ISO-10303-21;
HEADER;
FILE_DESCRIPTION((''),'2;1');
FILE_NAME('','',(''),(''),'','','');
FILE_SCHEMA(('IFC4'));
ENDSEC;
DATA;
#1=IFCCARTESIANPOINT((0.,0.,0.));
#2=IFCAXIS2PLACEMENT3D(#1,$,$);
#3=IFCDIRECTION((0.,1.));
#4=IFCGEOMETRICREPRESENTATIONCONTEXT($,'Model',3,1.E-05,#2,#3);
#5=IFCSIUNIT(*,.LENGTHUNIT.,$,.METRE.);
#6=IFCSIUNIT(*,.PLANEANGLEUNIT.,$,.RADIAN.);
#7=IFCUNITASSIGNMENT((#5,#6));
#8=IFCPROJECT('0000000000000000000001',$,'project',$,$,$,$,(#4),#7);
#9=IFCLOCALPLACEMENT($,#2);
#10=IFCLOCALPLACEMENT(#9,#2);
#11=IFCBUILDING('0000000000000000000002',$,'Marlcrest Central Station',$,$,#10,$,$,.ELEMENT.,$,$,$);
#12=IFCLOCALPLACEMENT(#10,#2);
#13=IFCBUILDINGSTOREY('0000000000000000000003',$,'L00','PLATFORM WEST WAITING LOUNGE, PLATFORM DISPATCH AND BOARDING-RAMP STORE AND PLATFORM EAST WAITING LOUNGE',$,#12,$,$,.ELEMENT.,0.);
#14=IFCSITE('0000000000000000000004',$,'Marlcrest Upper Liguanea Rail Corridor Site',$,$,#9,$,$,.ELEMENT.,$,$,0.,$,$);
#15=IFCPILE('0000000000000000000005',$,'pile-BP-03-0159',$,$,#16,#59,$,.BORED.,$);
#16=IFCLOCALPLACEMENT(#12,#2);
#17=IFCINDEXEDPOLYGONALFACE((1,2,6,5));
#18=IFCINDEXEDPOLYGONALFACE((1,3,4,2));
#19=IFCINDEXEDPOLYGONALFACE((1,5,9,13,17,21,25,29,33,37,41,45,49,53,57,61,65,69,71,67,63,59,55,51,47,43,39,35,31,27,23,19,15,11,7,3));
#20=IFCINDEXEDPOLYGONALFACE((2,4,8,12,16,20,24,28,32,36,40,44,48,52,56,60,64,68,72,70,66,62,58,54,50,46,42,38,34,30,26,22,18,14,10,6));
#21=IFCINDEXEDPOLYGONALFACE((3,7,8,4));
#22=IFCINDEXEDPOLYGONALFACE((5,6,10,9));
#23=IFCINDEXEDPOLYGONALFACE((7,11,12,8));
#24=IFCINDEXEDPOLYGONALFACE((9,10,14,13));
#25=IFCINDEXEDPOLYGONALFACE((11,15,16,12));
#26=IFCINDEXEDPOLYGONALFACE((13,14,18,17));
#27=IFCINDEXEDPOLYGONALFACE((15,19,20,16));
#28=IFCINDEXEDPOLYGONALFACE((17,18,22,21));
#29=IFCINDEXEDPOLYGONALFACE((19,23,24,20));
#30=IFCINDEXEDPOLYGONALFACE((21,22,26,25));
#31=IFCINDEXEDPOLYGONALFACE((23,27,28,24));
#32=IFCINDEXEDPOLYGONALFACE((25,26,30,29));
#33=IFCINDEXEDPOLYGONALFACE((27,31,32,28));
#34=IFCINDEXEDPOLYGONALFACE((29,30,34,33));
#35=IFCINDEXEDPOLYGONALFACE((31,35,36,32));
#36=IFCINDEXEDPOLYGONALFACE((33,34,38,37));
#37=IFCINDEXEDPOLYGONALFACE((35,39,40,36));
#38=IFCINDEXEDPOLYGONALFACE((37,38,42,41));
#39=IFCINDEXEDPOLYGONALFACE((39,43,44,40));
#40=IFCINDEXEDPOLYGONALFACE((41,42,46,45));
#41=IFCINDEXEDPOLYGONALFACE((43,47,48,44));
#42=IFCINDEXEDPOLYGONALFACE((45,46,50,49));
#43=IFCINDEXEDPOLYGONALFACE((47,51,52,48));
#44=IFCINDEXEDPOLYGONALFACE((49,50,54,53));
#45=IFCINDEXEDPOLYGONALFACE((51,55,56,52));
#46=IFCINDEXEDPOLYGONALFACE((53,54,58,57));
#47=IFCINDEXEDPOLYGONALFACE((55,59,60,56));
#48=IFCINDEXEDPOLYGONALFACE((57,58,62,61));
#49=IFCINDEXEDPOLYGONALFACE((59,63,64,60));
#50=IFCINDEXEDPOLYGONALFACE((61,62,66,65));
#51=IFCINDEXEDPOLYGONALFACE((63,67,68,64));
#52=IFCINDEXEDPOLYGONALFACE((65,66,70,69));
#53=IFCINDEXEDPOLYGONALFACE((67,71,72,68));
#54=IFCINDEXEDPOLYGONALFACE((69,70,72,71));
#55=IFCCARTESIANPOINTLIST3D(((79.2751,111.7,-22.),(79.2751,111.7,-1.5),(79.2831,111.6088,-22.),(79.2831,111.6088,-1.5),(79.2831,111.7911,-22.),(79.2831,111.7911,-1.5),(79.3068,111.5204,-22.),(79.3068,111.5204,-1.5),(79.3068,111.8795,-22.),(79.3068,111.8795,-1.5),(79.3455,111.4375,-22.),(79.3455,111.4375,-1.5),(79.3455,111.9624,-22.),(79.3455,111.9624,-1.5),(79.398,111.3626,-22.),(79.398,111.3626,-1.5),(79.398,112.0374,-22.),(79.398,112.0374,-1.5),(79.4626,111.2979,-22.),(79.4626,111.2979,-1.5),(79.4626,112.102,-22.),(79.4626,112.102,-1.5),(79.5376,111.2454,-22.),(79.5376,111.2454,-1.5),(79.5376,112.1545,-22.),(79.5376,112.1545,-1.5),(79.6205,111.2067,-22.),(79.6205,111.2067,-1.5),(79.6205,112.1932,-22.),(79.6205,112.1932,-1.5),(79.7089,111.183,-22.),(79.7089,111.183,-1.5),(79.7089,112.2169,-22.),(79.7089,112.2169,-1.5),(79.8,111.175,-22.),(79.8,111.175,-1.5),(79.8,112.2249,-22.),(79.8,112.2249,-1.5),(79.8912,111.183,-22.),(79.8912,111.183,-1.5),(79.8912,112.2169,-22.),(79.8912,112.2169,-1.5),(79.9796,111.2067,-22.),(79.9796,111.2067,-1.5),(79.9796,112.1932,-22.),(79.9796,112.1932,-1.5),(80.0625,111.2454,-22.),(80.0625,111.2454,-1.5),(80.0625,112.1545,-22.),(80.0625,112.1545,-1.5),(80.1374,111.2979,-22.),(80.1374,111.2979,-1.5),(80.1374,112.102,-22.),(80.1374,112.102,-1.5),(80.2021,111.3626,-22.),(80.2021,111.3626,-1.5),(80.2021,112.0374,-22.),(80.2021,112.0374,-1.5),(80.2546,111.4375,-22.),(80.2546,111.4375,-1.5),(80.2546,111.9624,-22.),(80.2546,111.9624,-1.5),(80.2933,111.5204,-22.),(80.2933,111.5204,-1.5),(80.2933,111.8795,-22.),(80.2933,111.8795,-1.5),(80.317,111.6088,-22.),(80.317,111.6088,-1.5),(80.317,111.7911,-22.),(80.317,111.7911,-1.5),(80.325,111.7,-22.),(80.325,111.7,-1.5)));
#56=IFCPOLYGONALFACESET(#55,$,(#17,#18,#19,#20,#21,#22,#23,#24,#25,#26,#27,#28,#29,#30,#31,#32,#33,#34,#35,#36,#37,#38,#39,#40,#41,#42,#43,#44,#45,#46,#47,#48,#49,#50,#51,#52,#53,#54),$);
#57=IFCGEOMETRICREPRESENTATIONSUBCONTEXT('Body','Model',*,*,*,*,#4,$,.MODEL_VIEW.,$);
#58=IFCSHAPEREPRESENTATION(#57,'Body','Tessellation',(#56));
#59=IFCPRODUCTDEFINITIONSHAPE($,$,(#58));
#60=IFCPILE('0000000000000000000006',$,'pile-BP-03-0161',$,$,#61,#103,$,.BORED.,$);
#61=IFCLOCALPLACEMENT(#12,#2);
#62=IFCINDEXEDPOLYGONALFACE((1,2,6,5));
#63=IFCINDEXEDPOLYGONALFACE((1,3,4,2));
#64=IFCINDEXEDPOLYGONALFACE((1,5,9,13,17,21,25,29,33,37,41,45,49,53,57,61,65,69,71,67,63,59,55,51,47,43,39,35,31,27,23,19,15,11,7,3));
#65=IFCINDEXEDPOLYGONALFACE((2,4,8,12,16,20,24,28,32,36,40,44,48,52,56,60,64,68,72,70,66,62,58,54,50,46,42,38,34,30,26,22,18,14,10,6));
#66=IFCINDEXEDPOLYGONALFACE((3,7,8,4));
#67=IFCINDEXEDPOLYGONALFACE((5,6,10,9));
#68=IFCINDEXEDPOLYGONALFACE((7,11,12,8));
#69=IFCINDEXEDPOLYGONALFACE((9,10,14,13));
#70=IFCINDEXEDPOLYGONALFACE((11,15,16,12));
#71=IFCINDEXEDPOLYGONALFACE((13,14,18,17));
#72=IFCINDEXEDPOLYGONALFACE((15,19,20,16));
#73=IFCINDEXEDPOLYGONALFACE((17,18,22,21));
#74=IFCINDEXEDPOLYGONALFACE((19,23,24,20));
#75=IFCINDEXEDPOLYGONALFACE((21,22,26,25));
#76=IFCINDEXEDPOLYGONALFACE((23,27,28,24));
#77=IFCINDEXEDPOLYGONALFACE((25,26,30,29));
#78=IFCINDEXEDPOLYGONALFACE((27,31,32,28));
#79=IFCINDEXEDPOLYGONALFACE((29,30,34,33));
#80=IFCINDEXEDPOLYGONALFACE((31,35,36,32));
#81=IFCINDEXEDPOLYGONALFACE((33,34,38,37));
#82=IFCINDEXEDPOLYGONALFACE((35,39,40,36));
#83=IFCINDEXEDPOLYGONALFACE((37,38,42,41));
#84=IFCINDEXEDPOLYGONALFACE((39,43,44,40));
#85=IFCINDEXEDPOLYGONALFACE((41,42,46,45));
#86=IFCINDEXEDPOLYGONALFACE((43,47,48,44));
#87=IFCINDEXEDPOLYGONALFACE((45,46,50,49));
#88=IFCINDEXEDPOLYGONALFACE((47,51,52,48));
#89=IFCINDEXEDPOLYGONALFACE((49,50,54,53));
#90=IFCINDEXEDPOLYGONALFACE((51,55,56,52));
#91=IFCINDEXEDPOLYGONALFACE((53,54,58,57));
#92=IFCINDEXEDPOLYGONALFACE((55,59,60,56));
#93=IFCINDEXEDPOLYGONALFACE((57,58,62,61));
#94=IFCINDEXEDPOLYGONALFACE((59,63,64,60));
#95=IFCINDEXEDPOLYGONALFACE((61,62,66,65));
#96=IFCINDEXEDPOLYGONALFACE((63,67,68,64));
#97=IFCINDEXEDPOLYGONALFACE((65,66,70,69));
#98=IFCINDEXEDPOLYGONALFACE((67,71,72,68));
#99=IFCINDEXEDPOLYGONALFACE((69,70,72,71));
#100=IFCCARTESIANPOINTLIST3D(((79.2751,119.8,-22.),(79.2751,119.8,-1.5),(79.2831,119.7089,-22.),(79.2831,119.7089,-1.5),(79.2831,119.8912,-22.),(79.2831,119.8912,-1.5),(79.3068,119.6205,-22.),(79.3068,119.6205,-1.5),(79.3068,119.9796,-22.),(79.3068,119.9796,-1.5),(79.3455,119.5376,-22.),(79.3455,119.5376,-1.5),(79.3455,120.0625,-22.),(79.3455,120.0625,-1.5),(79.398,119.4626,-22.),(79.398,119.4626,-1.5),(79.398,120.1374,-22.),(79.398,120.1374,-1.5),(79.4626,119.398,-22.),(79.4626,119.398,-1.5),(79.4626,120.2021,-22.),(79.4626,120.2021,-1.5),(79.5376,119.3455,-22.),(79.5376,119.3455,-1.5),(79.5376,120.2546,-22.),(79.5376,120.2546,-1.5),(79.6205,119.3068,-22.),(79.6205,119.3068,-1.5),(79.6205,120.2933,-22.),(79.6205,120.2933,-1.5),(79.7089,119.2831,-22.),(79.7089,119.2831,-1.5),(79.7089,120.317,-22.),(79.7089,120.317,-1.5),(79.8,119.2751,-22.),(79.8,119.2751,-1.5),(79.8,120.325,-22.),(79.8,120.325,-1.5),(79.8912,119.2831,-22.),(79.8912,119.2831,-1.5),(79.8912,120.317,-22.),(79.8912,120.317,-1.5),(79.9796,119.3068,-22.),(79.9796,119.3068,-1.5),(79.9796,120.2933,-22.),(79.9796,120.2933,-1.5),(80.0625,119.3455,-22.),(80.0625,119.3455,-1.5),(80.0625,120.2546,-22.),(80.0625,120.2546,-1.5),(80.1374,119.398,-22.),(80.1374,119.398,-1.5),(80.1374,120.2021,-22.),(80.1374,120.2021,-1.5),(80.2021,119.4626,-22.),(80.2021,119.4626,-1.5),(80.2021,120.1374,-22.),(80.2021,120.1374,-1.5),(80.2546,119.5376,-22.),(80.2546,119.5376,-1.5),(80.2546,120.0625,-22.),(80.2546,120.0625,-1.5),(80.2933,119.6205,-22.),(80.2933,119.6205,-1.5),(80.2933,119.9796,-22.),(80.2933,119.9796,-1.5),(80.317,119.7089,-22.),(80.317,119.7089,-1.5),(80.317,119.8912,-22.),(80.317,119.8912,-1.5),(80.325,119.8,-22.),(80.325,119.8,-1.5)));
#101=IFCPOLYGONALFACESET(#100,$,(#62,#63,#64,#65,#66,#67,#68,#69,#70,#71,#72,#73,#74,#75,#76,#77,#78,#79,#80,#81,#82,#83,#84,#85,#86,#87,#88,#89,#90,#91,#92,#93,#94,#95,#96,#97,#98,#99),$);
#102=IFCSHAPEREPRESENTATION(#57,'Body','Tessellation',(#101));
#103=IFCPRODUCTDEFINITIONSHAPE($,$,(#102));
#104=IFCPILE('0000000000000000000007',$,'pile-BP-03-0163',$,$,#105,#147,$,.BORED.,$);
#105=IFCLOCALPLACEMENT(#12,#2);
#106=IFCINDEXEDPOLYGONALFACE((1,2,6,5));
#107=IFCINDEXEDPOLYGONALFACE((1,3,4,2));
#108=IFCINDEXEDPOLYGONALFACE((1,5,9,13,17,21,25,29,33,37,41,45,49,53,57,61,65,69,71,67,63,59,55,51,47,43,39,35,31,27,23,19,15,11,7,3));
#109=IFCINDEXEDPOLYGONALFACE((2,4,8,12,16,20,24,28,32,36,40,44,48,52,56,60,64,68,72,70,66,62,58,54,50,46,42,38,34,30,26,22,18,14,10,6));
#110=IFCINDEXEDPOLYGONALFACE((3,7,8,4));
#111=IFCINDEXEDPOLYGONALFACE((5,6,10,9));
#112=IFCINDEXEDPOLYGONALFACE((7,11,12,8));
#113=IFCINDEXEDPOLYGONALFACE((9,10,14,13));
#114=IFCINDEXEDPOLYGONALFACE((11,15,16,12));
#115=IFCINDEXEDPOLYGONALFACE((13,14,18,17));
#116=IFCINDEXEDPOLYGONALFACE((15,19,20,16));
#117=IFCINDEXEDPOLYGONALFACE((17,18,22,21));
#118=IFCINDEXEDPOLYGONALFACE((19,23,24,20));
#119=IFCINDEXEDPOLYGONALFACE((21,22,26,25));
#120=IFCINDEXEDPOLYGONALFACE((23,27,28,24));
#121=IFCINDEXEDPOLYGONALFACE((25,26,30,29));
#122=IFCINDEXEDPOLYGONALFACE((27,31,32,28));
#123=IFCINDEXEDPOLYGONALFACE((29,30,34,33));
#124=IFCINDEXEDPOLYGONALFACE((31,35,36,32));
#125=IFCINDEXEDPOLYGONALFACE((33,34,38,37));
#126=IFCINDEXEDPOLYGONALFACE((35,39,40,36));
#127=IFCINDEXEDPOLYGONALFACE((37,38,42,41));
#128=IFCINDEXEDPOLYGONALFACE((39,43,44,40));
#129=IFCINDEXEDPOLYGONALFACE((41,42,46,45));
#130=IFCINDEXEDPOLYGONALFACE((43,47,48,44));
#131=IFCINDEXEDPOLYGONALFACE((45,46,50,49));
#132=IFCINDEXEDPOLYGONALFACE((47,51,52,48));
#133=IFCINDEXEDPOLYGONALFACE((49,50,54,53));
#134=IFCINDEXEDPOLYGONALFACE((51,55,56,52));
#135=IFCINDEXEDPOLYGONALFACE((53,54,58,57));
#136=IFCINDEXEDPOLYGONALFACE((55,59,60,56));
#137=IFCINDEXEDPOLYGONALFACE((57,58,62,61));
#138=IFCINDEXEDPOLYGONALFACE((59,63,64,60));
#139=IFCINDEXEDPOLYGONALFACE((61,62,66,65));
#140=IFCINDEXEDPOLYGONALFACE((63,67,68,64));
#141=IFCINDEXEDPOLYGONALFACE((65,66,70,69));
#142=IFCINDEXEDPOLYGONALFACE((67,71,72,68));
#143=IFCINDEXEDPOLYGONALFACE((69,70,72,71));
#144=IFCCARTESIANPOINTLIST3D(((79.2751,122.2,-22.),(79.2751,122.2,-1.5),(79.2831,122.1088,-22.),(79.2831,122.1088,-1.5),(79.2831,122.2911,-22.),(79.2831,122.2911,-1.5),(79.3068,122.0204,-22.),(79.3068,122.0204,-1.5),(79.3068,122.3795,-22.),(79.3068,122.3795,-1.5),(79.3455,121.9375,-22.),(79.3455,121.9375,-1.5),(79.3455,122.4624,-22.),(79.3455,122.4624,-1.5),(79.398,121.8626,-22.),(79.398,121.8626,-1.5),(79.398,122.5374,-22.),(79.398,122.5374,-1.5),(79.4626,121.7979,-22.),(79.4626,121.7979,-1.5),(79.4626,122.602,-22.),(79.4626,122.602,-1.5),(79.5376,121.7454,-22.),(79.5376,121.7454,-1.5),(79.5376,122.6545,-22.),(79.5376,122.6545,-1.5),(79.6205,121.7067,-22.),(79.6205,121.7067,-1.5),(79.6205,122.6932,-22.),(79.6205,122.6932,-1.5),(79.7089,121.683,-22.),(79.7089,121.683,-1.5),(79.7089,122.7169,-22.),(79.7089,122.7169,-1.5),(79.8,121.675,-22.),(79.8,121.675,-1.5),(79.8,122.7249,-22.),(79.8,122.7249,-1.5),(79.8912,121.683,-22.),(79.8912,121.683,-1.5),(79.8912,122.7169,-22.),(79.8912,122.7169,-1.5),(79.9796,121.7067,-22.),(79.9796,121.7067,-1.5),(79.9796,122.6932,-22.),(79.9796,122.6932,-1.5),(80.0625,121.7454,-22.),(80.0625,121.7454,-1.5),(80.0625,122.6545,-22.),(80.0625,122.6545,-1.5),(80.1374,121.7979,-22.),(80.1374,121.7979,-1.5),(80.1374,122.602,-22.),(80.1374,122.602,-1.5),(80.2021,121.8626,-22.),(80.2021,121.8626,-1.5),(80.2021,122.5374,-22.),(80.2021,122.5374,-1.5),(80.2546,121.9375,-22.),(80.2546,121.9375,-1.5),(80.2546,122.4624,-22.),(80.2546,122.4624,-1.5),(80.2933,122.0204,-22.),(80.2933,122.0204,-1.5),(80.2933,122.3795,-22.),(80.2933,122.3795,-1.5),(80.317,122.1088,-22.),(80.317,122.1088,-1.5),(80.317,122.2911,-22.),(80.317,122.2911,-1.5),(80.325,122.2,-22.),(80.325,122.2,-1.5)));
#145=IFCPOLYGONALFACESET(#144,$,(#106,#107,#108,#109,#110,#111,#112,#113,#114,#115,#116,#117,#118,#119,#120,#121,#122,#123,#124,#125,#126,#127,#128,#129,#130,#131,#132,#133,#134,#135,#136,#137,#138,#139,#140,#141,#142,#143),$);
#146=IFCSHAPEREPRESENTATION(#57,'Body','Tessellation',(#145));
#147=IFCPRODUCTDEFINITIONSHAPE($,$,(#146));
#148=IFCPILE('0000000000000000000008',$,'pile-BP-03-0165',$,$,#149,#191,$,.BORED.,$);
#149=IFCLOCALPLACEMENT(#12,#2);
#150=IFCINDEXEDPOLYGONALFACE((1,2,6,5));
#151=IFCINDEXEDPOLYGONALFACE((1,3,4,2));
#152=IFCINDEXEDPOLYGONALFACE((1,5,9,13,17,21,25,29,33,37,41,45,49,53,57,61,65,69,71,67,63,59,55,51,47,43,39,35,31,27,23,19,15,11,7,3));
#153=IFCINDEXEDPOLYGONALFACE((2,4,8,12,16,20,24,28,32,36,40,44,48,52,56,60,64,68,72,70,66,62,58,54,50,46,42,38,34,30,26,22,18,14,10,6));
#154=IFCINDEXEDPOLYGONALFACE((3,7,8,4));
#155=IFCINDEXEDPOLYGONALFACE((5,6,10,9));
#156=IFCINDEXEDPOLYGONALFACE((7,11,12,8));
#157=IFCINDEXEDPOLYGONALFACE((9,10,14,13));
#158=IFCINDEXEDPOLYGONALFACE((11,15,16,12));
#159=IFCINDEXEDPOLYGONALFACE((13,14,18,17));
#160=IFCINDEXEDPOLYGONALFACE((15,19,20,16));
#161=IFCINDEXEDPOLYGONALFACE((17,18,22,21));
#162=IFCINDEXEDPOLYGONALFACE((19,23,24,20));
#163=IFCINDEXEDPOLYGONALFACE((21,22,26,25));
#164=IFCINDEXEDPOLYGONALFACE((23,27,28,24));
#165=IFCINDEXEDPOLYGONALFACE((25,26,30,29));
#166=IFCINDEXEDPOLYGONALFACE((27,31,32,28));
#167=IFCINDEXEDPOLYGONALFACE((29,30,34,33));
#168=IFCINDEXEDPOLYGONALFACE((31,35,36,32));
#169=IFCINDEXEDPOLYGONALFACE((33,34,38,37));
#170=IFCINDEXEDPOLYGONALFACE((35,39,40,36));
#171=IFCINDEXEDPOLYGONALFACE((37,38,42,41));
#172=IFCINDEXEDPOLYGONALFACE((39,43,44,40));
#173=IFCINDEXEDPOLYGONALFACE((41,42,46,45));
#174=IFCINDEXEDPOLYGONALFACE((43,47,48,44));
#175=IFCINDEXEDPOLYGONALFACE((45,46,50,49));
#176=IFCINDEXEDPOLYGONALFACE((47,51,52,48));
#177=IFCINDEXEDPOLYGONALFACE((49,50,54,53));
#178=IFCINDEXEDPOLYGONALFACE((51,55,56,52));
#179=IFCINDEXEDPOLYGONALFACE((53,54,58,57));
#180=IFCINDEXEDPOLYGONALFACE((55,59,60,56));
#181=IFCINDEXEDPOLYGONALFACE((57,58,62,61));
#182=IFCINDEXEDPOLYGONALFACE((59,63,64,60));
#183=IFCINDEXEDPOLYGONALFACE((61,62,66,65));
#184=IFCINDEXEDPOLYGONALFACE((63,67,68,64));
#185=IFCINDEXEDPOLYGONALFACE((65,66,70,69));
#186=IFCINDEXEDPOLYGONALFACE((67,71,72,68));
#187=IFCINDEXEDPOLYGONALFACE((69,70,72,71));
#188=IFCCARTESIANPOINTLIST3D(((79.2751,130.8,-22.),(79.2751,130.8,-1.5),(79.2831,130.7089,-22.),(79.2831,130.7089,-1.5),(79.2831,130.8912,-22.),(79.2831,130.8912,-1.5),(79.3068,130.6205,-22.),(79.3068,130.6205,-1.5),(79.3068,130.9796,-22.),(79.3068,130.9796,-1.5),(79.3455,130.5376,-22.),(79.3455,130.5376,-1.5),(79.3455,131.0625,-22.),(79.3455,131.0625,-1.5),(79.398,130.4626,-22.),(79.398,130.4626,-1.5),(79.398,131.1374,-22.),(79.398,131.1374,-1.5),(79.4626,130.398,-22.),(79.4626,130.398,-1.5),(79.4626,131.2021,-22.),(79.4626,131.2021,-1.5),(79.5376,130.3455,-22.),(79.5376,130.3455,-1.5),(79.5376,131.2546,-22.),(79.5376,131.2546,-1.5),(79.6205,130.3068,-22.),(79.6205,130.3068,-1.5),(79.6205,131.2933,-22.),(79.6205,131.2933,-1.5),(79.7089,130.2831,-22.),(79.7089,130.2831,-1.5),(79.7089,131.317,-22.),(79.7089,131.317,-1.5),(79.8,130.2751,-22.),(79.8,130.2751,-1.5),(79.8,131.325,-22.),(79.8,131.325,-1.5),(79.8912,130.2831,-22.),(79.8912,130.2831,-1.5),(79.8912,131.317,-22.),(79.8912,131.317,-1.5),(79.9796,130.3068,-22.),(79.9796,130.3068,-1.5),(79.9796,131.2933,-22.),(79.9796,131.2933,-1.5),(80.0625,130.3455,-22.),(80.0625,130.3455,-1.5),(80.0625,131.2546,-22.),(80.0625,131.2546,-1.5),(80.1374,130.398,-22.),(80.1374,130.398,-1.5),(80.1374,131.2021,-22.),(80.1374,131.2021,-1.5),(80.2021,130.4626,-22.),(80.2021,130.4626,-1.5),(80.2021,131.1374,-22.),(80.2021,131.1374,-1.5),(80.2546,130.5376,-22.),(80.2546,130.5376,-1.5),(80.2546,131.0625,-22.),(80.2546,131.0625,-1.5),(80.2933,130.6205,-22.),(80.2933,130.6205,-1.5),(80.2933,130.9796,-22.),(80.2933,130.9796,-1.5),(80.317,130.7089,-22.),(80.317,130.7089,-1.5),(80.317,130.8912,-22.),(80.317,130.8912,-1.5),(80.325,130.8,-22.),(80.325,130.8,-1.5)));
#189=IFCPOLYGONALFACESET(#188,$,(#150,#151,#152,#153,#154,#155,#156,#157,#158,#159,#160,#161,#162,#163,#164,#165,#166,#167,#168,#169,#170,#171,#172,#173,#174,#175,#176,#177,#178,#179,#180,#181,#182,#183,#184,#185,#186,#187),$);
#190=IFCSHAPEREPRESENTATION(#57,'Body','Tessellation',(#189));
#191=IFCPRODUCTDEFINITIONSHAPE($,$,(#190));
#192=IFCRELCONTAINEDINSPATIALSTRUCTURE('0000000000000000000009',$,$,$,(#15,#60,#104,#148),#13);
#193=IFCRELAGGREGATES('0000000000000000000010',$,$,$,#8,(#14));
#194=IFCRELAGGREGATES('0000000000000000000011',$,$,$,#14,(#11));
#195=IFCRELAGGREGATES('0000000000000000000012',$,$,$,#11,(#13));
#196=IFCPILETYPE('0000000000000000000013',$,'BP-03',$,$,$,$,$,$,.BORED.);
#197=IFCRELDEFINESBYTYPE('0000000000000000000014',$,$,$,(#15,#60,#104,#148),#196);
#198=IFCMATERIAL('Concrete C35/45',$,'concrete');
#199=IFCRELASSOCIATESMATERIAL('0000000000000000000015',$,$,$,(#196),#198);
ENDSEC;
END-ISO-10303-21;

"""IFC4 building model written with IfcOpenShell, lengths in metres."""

from ifc_helpers import new_model, si_unit, direction, frame, origin, origin_2d, place, context, subcontext, project, spatial, circle, extrude, material, material_profile, profile_set, type_object, element, save


model = new_model("IFC4")

# Units and contexts
model_context = context("Model", 3, precision=1e-05, world=origin(), true_north=direction((0.0, 1.0)))
body_context = subcontext(model_context, "Body", "Model", "MODEL_VIEW")
ifc_project = project(units=[si_unit("LENGTHUNIT", "METRE"), si_unit("PLANEANGLEUNIT", "RADIAN")], contexts=[model_context])

# Site, building, storey
site_placement = place(None, origin())
site = spatial("IfcSite", under=ifc_project, at=site_placement, Name="Marlcrest Upper Liguanea Rail Corridor Site", CompositionType="ELEMENT", RefElevation=0.0)
building_placement = place(site_placement, origin())
building = spatial("IfcBuilding", under=site, at=building_placement, Name="Marlcrest Central Station", CompositionType="ELEMENT")
storey_placement = place(building_placement, origin())
storey = spatial("IfcBuildingStorey", under=building, at=storey_placement, Name="L00", Description="PLATFORM WEST WAITING LOUNGE, PLATFORM DISPATCH AND BOARDING-RAMP STORE AND PLATFORM EAST WAITING LOUNGE", CompositionType="ELEMENT", Elevation=0.0)

# Piles
ifc_material_1 = material(Name="Concrete C35/45", Category="concrete")
ifc_material_profile_1 = material_profile(ifc_material_1, circle(Radius=0.5249, at=origin_2d()), Name="PILE D1050")
ifc_profile_set_1 = profile_set([ifc_material_profile_1], Name="Concrete C35/45")
pile_type = type_object("IfcPileType", Name="BP-03", PredefinedType="BORED", material=ifc_profile_set_1)
for number, where, z_axis, x_axis, name in (
    (1, (79.8, 111.7, -1.5), (0.0, 0.0, -1.0), (1.0, 0.0, 0.0), "pile-BP-03-0159"),
    (2, (79.8, 119.8, -1.5), (0.0, 0.0, -1.0), (1.0, 0.0, 0.0), "pile-BP-03-0161"),
    (3, (79.8, 122.2, -1.5), (0.0, 0.0, -1.0), (1.0, 0.0, 0.0), "pile-BP-03-0163"),
    (4, (79.8, 130.8, -1.5), (0.0, 0.0, -1.0), (1.0, 0.0, 0.0), "pile-BP-03-0165"),
):
    element("IfcPile", number, at=place(storey_placement, frame(where, z_axis=z_axis, x_axis=x_axis)), inside=storey, type_object=pile_type, Name=name, PredefinedType="BORED", context=body_context, shape_type="SweptSolid", body=[
        extrude(circle(Radius=0.5249, at=origin_2d()), origin(), (0.0, 0.0, 1.0), 20.5),
    ])

save(model, "model.ifc")
